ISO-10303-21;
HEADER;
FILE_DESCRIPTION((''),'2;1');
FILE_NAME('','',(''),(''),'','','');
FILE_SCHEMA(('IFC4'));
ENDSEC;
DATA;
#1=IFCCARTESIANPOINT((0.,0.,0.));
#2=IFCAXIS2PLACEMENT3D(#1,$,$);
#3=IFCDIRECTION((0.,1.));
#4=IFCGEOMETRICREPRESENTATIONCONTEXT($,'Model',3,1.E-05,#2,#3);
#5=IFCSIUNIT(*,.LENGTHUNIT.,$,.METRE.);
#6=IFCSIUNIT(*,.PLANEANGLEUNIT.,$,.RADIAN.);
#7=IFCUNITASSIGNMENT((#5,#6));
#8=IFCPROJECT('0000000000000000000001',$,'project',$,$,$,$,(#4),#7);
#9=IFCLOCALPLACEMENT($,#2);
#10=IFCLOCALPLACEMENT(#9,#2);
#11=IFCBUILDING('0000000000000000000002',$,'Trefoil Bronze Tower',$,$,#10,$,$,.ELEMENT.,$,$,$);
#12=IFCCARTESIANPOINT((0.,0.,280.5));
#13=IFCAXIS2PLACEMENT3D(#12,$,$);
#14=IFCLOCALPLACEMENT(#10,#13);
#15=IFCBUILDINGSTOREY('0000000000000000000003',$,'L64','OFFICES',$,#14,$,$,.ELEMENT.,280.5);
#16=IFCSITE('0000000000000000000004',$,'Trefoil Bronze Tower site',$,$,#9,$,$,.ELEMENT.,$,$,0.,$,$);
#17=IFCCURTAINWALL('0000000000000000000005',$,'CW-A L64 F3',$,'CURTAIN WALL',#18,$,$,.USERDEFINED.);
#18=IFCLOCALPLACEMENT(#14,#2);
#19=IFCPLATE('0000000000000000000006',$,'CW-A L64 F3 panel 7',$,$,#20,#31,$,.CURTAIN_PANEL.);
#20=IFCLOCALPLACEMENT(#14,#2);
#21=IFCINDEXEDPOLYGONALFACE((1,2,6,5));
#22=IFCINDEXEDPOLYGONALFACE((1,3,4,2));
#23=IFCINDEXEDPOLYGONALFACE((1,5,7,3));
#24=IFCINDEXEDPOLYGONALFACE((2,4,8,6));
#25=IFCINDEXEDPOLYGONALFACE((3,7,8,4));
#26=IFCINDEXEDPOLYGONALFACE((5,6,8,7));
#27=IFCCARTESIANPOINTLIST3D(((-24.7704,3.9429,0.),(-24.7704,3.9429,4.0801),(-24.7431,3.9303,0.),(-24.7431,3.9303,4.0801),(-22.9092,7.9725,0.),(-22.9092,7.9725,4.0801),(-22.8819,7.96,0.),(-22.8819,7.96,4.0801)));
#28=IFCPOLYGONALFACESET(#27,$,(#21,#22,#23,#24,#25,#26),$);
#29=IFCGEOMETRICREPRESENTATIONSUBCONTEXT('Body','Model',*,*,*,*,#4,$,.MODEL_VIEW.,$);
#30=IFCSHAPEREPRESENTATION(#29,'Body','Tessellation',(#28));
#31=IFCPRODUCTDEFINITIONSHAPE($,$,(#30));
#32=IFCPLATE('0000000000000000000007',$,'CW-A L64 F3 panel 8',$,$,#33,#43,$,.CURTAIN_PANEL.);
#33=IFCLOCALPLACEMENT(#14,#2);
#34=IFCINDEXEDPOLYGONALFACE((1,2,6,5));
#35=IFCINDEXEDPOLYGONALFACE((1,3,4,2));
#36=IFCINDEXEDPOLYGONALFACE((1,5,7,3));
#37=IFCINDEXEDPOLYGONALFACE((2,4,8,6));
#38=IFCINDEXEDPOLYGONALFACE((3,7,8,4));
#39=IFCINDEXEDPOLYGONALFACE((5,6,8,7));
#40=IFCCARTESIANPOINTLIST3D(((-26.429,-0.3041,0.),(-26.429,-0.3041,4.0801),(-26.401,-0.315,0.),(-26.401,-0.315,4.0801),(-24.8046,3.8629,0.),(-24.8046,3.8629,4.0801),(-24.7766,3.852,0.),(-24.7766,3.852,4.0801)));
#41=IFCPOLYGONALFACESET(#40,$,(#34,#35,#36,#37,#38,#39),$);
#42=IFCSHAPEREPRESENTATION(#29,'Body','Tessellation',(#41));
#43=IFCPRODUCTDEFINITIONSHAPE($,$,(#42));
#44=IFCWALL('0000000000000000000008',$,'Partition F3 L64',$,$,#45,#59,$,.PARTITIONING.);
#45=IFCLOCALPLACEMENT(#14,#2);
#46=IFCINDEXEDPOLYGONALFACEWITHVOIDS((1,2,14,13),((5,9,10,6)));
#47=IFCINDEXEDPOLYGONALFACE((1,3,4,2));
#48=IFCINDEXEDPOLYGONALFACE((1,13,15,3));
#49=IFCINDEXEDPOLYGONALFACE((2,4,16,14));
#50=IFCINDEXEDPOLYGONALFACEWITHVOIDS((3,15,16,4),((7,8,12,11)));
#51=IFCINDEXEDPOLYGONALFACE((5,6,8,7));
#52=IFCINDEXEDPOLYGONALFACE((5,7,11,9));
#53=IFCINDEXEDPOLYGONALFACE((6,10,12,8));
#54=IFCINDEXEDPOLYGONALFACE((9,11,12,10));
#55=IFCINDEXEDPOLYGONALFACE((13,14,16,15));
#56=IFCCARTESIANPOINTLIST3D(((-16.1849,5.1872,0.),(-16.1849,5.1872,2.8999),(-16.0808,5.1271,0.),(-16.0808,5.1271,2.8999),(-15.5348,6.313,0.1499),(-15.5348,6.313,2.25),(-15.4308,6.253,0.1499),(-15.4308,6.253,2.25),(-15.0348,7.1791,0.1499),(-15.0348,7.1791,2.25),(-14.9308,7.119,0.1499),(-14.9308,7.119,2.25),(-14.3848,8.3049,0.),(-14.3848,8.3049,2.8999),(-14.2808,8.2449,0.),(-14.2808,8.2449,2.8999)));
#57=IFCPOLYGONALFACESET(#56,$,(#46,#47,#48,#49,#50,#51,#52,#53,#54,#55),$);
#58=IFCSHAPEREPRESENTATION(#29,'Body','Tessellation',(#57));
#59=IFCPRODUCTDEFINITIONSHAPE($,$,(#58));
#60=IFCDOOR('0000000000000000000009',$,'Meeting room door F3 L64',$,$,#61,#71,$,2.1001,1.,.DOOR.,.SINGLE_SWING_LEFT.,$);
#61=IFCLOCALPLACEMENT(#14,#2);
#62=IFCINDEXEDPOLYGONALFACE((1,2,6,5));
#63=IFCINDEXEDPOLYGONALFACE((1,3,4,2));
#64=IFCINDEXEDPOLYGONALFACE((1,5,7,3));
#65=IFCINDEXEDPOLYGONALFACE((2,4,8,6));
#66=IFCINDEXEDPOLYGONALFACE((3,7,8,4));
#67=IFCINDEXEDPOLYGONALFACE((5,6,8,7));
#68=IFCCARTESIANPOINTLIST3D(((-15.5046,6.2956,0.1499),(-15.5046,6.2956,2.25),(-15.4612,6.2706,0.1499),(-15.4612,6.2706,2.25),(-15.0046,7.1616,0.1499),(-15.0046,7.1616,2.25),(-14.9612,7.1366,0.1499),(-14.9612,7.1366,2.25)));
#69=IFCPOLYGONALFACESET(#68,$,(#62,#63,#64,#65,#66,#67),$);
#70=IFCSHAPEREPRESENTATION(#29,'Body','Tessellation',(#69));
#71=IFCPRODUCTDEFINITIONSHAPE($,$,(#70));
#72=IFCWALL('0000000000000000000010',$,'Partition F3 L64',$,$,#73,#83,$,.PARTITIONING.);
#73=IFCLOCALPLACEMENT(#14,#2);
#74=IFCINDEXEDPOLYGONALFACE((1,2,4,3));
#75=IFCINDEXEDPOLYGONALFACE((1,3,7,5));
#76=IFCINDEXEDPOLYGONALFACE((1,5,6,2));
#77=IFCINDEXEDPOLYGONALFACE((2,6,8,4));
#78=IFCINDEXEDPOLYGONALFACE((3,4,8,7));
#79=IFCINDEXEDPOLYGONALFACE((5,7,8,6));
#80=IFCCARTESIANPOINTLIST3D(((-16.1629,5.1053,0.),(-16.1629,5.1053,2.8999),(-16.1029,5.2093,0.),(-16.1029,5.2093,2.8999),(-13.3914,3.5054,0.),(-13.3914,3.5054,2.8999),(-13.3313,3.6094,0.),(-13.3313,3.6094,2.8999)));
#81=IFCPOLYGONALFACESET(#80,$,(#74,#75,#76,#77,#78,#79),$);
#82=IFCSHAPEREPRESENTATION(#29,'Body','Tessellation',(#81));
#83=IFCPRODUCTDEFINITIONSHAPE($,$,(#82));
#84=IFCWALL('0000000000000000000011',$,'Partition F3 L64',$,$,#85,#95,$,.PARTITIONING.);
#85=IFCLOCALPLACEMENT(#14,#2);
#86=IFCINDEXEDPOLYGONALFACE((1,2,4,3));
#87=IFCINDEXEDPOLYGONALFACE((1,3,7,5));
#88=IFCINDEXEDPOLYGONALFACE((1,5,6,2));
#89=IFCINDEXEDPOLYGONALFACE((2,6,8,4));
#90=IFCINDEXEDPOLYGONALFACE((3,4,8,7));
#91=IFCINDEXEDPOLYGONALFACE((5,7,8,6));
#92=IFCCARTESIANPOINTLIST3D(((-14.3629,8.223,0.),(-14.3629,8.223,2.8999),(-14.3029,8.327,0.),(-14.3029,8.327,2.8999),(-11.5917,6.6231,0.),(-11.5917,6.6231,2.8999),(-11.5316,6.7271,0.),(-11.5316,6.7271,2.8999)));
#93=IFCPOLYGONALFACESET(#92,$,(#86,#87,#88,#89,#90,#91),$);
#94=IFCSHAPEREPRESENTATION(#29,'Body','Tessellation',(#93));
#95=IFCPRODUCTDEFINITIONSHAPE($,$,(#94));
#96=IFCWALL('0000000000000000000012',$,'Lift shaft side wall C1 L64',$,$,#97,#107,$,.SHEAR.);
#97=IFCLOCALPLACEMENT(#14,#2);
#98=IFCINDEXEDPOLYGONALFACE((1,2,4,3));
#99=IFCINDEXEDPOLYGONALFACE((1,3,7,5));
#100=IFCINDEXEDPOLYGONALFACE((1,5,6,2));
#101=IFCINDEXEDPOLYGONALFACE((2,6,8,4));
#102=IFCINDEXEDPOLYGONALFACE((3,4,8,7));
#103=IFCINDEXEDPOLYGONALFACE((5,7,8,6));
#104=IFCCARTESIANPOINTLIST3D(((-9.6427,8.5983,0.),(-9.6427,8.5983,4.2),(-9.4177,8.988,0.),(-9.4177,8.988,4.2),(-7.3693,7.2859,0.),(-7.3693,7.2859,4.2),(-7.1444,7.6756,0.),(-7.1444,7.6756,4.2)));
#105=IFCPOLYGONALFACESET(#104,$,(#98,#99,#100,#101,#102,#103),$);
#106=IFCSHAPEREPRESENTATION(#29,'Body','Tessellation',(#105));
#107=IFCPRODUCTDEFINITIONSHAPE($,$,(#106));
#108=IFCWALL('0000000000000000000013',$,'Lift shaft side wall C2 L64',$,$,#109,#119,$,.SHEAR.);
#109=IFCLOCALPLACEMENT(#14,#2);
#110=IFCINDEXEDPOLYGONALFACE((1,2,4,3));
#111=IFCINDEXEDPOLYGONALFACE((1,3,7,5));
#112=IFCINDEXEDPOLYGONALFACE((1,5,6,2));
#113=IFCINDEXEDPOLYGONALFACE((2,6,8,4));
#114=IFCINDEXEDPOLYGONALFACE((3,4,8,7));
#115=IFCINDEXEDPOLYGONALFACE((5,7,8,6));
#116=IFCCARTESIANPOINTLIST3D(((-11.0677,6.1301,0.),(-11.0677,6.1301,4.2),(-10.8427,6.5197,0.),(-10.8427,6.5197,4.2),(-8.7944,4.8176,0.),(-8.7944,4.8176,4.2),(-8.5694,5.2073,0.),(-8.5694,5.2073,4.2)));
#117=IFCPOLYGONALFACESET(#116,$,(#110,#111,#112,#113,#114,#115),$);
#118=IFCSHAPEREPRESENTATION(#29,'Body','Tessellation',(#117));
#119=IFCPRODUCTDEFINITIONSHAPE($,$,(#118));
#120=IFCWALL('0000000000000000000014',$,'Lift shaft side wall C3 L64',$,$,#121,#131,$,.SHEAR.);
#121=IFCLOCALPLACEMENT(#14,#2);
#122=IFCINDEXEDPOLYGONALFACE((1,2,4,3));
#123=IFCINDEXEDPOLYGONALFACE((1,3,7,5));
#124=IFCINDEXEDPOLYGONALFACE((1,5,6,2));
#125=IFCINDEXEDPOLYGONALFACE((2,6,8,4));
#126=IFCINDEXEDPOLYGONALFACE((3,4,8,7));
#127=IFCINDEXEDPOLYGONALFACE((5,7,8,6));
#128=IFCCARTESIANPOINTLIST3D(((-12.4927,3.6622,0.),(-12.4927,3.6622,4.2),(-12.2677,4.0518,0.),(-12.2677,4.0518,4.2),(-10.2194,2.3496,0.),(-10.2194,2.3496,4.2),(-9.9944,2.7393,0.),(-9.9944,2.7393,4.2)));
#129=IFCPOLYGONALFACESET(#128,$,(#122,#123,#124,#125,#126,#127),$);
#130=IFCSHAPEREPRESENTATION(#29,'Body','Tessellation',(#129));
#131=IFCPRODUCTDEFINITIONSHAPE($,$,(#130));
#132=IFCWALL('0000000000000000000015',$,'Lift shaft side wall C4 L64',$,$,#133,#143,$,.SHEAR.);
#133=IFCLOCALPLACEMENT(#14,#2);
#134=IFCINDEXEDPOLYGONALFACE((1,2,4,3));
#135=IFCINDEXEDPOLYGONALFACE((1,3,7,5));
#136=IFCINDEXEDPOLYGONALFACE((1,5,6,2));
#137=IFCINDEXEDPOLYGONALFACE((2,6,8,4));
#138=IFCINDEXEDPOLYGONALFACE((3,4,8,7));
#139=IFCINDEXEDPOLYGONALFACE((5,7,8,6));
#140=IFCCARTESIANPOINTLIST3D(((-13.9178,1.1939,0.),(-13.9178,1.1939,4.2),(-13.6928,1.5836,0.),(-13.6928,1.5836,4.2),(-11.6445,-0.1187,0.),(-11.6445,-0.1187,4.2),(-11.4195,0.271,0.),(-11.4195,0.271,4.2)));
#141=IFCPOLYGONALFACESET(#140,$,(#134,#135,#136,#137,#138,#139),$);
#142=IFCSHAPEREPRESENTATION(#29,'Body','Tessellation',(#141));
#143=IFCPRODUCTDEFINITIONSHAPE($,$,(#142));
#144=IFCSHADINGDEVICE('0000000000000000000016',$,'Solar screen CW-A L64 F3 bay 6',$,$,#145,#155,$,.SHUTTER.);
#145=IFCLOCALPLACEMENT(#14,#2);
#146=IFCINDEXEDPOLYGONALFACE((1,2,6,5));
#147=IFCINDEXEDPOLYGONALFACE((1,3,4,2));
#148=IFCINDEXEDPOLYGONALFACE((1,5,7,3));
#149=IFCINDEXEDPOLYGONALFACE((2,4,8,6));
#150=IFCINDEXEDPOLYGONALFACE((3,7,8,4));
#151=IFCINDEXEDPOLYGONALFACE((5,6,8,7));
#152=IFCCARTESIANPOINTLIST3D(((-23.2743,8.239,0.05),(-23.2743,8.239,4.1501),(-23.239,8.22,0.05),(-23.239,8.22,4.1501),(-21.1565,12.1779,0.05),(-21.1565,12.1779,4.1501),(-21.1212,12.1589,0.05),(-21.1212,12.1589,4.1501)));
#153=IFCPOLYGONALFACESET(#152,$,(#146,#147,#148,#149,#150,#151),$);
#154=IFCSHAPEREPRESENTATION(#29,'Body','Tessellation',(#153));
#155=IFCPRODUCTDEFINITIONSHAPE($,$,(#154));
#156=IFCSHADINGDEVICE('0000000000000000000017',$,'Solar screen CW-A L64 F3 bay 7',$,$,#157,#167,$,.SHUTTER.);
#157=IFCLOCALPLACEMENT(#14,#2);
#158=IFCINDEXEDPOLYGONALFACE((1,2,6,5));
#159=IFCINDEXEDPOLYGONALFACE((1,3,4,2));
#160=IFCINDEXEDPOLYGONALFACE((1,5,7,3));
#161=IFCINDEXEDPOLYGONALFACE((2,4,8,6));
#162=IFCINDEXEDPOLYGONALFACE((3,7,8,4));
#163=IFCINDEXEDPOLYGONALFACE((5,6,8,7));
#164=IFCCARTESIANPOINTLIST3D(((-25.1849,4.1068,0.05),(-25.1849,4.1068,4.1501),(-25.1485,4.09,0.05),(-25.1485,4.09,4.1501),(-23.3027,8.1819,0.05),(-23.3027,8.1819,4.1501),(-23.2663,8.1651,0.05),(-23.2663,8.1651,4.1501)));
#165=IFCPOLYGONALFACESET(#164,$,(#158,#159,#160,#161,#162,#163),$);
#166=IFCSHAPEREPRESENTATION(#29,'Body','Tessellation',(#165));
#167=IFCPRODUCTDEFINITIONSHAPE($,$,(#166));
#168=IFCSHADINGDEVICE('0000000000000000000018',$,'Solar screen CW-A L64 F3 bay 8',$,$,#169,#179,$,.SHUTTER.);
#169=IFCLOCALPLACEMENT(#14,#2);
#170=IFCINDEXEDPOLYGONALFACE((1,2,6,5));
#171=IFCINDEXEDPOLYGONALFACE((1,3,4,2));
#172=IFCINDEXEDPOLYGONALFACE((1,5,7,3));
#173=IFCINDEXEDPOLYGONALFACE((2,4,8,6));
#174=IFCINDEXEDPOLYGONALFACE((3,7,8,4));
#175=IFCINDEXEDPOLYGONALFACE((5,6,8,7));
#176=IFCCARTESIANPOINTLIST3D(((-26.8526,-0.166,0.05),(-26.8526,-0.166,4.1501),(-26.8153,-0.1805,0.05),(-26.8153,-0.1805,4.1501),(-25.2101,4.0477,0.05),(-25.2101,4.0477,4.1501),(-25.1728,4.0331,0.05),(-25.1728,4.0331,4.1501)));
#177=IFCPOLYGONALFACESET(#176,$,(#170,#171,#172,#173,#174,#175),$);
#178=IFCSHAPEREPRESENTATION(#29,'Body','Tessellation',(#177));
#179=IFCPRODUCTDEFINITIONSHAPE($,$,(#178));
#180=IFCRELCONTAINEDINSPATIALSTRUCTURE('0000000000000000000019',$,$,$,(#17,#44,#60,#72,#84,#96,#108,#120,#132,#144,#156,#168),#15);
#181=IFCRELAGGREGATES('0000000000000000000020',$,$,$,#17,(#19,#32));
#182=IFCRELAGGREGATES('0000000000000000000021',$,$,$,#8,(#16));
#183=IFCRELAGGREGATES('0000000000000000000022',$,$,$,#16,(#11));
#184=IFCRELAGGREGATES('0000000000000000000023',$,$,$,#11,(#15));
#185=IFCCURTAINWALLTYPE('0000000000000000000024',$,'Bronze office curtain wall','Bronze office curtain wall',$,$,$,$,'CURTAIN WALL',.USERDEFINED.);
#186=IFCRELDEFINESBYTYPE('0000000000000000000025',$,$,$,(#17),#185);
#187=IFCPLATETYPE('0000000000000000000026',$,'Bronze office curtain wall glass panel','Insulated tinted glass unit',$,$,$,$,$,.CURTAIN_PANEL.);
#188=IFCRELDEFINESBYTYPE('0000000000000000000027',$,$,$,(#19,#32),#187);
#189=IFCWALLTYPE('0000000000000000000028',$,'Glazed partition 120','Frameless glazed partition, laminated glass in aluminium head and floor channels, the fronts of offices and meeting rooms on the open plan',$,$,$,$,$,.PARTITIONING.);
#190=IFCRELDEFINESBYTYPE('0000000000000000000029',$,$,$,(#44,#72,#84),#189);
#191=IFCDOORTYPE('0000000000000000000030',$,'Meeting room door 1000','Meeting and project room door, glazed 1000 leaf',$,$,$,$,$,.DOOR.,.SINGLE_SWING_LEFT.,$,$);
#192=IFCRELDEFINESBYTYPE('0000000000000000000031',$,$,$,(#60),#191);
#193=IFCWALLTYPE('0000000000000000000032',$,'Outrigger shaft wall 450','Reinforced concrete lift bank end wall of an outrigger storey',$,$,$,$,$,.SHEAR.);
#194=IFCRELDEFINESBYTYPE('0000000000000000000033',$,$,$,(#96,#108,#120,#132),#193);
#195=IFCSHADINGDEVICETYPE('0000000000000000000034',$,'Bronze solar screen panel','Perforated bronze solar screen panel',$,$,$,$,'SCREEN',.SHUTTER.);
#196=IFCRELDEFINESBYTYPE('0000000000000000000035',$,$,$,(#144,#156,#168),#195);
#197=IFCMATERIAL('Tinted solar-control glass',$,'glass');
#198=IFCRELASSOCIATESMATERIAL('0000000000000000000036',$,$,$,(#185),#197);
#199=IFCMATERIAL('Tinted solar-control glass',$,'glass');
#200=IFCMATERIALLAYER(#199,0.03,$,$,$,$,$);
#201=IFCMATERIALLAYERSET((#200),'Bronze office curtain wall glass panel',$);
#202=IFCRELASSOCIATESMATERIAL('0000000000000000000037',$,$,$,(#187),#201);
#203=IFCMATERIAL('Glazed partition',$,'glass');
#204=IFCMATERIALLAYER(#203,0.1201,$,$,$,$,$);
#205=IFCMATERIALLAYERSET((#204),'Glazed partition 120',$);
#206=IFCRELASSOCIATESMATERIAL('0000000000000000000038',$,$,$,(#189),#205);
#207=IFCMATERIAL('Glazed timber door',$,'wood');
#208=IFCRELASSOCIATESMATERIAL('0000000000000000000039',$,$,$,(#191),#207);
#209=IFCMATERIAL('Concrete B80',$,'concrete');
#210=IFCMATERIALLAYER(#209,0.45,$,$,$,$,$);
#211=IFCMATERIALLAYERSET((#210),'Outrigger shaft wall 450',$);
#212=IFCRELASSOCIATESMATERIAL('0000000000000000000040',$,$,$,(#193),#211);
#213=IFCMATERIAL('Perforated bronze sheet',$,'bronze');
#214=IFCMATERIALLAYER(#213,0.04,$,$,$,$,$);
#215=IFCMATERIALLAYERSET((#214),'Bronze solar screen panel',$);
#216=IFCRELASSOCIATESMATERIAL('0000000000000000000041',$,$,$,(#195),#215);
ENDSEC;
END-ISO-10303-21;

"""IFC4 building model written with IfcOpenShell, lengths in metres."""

from ifc_helpers import new_model, si_unit, direction, frame, frame_2d, origin, origin_2d, place, context, subcontext, project, spatial, rectangle, extrude, material, layer, layer_set, type_object, element, fill, aggregate, save


model = new_model("IFC4")

# Units and contexts
model_context = context("Model", 3, precision=1e-05, world=origin(), true_north=direction((0.0, 1.0)))
body_context = subcontext(model_context, "Body", "Model", "MODEL_VIEW")
ifc_project = project(units=[si_unit("LENGTHUNIT", "METRE"), si_unit("PLANEANGLEUNIT", "RADIAN")], contexts=[model_context])

# Site, building, storey
site_placement = place(None, origin())
site = spatial("IfcSite", under=ifc_project, at=site_placement, Name="Trefoil Bronze Tower site", CompositionType="ELEMENT", RefElevation=0.0)
building_placement = place(site_placement, origin())
building = spatial("IfcBuilding", under=site, at=building_placement, Name="Trefoil Bronze Tower", CompositionType="ELEMENT")
storey_placement = place(building_placement, frame((0.0, 0.0, 280.5)))
storey = spatial("IfcBuildingStorey", under=building, at=storey_placement, Name="L64", Description="OFFICES", CompositionType="ELEMENT", Elevation=280.5)

# Curtain wall
ifc_material_1 = material(Name="Tinted solar-control glass", Category="glass")
curtain_wall_type = type_object("IfcCurtainWallType", Name="Bronze office curtain wall", Description="Bronze office curtain wall", ElementType="CURTAIN WALL", PredefinedType="USERDEFINED", material=ifc_material_1)
curtain_wall_placement = place(storey_placement, origin())
curtain_wall = element("IfcCurtainWall", 1, at=curtain_wall_placement, inside=storey, type_object=curtain_wall_type, Name="CW-A L64 F3", ObjectType="CURTAIN WALL", PredefinedType="USERDEFINED")

# Plates
ifc_material_2 = material(Name="Tinted solar-control glass", Category="glass")
ifc_layer_1 = layer(ifc_material_2, 0.03)
ifc_layer_set_1 = layer_set([ifc_layer_1], Name="Bronze office curtain wall glass panel")
plate_type = type_object("IfcPlateType", Name="Bronze office curtain wall glass panel", Description="Insulated tinted glass unit", PredefinedType="CURTAIN_PANEL", material=ifc_layer_set_1)
plate_1_placement = place(storey_placement, frame((-23.8262, 5.9514, 0.0), z_axis=(0.0, 0.0, 1.0), x_axis=(-0.419309, -0.907844, 0.0)))
plate_1 = element("IfcPlate", 2, at=plate_1_placement, type_object=plate_type, Name="CW-A L64 F3 panel 7", PredefinedType="CURTAIN_PANEL", context=body_context, shape_type="SweptSolid", body=[
    extrude(rectangle(XDim=4.4387, YDim=0.03, at=origin_2d()), origin(), (0.0, 0.0, 1.0), 4.0801),
])
plate_2_placement = place(storey_placement, frame((-25.6028, 1.7739, 0.0), z_axis=(0.0, 0.0, 1.0), x_axis=(-0.363199, -0.931712, 0.0)))
plate_2 = element("IfcPlate", 3, at=plate_2_placement, type_object=plate_type, Name="CW-A L64 F3 panel 8", PredefinedType="CURTAIN_PANEL", context=body_context, shape_type="SweptSolid", body=[
    extrude(rectangle(XDim=4.4724, YDim=0.03, at=origin_2d()), origin(), (0.0, 0.0, 1.0), 4.0801),
])
aggregate(curtain_wall, [plate_1, plate_2])

# Wall, opening, door
ifc_material_3 = material(Name="Glazed partition", Category="glass")
ifc_layer_2 = layer(ifc_material_3, 0.1201)
ifc_layer_set_2 = layer_set([ifc_layer_2], Name="Glazed partition 120")
wall_type_1 = type_object("IfcWallType", Name="Glazed partition 120", Description="Frameless glazed partition, laminated glass in aluminium head and floor channels, the fronts of offices and meeting rooms on the open plan", PredefinedType="PARTITIONING", material=ifc_layer_set_2)
wall_1_placement = place(storey_placement, frame((-14.3328, 8.2749, 0.0), z_axis=(0.0, 0.0, 1.0), x_axis=(-0.500012, -0.866018, 0.0)))
wall_1 = element("IfcWall", 4, at=wall_1_placement, inside=storey, type_object=wall_type_1, Name="Partition F3 L64", PredefinedType="PARTITIONING", context=body_context, shape_type="SweptSolid", body=[
    extrude(rectangle(XDim=3.6001, YDim=0.1201, at=frame_2d((1.8, 0.0))), origin(), (0.0, 0.0, 1.0), 2.8999),
])
opening_placement = place(wall_1_placement, frame((1.3, 0.0, 0.1499)))
opening = element("IfcOpeningElement", 5, at=opening_placement, cuts=wall_1, PredefinedType="OPENING", context=body_context, shape_type="SweptSolid", body=[
    extrude(rectangle(XDim=1.0, YDim=2.1001, at=frame_2d((0.5, 1.05))), frame((0.0, 0.0701, 0.0), z_axis=(0.0, -1.0, 0.0), x_axis=(1.0, 0.0, 0.0)), (0.0, 0.0, 1.0), 0.1401),
])
ifc_material_4 = material(Name="Glazed timber door", Category="wood")
door_type = type_object("IfcDoorType", Name="Meeting room door 1000", Description="Meeting and project room door, glazed 1000 leaf", OperationType="SINGLE_SWING_LEFT", PredefinedType="DOOR", material=ifc_material_4)
door_placement = place(opening_placement, origin())
door = element("IfcDoor", 6, at=door_placement, inside=storey, type_object=door_type, Name="Meeting room door F3 L64", OperationType="SINGLE_SWING_LEFT", OverallHeight=2.1001, OverallWidth=1.0, PredefinedType="DOOR", context=body_context, shape_type="SweptSolid", body=[
    extrude(rectangle(XDim=1.0, YDim=2.1001, at=frame_2d((0.5, 1.05))), frame((0.0, 0.0249, 0.0), z_axis=(0.0, -1.0, 0.0), x_axis=(1.0, 0.0, 0.0)), (0.0, 0.0, 1.0), 0.05),
])
fill(opening, door)

# Walls
wall_2_placement = place(storey_placement, frame((-13.3613, 3.5574, 0.0), z_axis=(0.0, 0.0, 1.0), x_axis=(-0.866061, 0.499938, 0.0)))
element("IfcWall", 7, at=wall_2_placement, inside=storey, type_object=wall_type_1, Name="Partition F3 L64", PredefinedType="PARTITIONING", context=body_context, shape_type="SweptSolid", body=[
    extrude(rectangle(XDim=3.2002, YDim=0.1201, at=frame_2d((1.6001, 0.0))), origin(), (0.0, 0.0, 1.0), 2.8999),
])
wall_3_placement = place(storey_placement, frame((-11.5615, 6.675, 0.0), z_axis=(0.0, 0.0, 1.0), x_axis=(-0.866042, 0.499971, 0.0)))
element("IfcWall", 8, at=wall_3_placement, inside=storey, type_object=wall_type_1, Name="Partition F3 L64", PredefinedType="PARTITIONING", context=body_context, shape_type="SweptSolid", body=[
    extrude(rectangle(XDim=3.2, YDim=0.1201, at=frame_2d((1.6001, 0.0))), origin(), (0.0, 0.0, 1.0), 2.8999),
])
ifc_material_5 = material(Name="Concrete B80", Category="concrete")
ifc_layer_3 = layer(ifc_material_5, 0.45)
ifc_layer_set_3 = layer_set([ifc_layer_3], Name="Outrigger shaft wall 450")
wall_type_2 = type_object("IfcWallType", Name="Outrigger shaft wall 450", Description="Reinforced concrete lift bank end wall of an outrigger storey", PredefinedType="SHEAR", material=ifc_layer_set_3)
for number, where, z_axis, x_axis, name in (
    (9, (-7.2568, 7.4807, 0.0), (0.0, 0.0, 1.0), (-0.866037, 0.49998, 0.0), "Lift shaft side wall C1 L64"),
    (10, (-8.6819, 5.0125, 0.0), (0.0, 0.0, 1.0), (-0.866037, 0.49998, 0.0), "Lift shaft side wall C2 L64"),
    (11, (-10.1069, 2.5444, 0.0), (0.0, 0.0, 1.0), (-0.866014, 0.50002, 0.0), "Lift shaft side wall C3 L64"),
    (12, (-11.532, 0.0762, 0.0), (0.0, 0.0, 1.0), (-0.866014, 0.50002, 0.0), "Lift shaft side wall C4 L64"),
):
    element("IfcWall", number, at=place(storey_placement, frame(where, z_axis=z_axis, x_axis=x_axis)), inside=storey, type_object=wall_type_2, Name=name, PredefinedType="SHEAR", context=body_context, shape_type="SweptSolid", body=[
        extrude(rectangle(XDim=2.625, YDim=0.45, at=frame_2d((1.3125, 0.0))), origin(), (0.0, 0.0, 1.0), 4.2),
    ])

# Shading devices
ifc_material_6 = material(Name="Perforated bronze sheet", Category="bronze")
ifc_layer_4 = layer(ifc_material_6, 0.04)
ifc_layer_set_4 = layer_set([ifc_layer_4], Name="Bronze solar screen panel")
shading_device_type = type_object("IfcShadingDeviceType", Name="Bronze solar screen panel", Description="Perforated bronze solar screen panel", ElementType="SCREEN", PredefinedType="SHUTTER", material=ifc_layer_set_4)
shading_device_1_placement = place(storey_placement, frame((-22.1978, 10.199, 0.05), z_axis=(0.0, 0.0, 1.0), x_axis=(-0.473562, -0.88076, 0.0)))
element("IfcShadingDevice", 13, at=shading_device_1_placement, inside=storey, type_object=shading_device_type, Name="Solar screen CW-A L64 F3 bay 6", PredefinedType="SHUTTER", context=body_context, shape_type="SweptSolid", body=[
    extrude(rectangle(XDim=4.4722, YDim=0.04, at=origin_2d()), origin(), (0.0, 0.0, 1.0), 4.1001),
])
shading_device_2_placement = place(storey_placement, frame((-24.2256, 6.136, 0.05), z_axis=(0.0, 0.0, 1.0), x_axis=(-0.419309, -0.907844, 0.0)))
element("IfcShadingDevice", 14, at=shading_device_2_placement, inside=storey, type_object=shading_device_type, Name="Solar screen CW-A L64 F3 bay 7", PredefinedType="SHUTTER", context=body_context, shape_type="SweptSolid", body=[
    extrude(rectangle(XDim=4.4888, YDim=0.04, at=origin_2d()), origin(), (0.0, 0.0, 1.0), 4.1001),
])
shading_device_3_placement = place(storey_placement, frame((-26.0127, 1.9336, 0.05), z_axis=(0.0, 0.0, 1.0), x_axis=(-0.363199, -0.931712, 0.0)))
element("IfcShadingDevice", 15, at=shading_device_3_placement, inside=storey, type_object=shading_device_type, Name="Solar screen CW-A L64 F3 bay 8", PredefinedType="SHUTTER", context=body_context, shape_type="SweptSolid", body=[
    extrude(rectangle(XDim=4.5225, YDim=0.04, at=origin_2d()), origin(), (0.0, 0.0, 1.0), 4.1001),
])

save(model, "model.ifc")
